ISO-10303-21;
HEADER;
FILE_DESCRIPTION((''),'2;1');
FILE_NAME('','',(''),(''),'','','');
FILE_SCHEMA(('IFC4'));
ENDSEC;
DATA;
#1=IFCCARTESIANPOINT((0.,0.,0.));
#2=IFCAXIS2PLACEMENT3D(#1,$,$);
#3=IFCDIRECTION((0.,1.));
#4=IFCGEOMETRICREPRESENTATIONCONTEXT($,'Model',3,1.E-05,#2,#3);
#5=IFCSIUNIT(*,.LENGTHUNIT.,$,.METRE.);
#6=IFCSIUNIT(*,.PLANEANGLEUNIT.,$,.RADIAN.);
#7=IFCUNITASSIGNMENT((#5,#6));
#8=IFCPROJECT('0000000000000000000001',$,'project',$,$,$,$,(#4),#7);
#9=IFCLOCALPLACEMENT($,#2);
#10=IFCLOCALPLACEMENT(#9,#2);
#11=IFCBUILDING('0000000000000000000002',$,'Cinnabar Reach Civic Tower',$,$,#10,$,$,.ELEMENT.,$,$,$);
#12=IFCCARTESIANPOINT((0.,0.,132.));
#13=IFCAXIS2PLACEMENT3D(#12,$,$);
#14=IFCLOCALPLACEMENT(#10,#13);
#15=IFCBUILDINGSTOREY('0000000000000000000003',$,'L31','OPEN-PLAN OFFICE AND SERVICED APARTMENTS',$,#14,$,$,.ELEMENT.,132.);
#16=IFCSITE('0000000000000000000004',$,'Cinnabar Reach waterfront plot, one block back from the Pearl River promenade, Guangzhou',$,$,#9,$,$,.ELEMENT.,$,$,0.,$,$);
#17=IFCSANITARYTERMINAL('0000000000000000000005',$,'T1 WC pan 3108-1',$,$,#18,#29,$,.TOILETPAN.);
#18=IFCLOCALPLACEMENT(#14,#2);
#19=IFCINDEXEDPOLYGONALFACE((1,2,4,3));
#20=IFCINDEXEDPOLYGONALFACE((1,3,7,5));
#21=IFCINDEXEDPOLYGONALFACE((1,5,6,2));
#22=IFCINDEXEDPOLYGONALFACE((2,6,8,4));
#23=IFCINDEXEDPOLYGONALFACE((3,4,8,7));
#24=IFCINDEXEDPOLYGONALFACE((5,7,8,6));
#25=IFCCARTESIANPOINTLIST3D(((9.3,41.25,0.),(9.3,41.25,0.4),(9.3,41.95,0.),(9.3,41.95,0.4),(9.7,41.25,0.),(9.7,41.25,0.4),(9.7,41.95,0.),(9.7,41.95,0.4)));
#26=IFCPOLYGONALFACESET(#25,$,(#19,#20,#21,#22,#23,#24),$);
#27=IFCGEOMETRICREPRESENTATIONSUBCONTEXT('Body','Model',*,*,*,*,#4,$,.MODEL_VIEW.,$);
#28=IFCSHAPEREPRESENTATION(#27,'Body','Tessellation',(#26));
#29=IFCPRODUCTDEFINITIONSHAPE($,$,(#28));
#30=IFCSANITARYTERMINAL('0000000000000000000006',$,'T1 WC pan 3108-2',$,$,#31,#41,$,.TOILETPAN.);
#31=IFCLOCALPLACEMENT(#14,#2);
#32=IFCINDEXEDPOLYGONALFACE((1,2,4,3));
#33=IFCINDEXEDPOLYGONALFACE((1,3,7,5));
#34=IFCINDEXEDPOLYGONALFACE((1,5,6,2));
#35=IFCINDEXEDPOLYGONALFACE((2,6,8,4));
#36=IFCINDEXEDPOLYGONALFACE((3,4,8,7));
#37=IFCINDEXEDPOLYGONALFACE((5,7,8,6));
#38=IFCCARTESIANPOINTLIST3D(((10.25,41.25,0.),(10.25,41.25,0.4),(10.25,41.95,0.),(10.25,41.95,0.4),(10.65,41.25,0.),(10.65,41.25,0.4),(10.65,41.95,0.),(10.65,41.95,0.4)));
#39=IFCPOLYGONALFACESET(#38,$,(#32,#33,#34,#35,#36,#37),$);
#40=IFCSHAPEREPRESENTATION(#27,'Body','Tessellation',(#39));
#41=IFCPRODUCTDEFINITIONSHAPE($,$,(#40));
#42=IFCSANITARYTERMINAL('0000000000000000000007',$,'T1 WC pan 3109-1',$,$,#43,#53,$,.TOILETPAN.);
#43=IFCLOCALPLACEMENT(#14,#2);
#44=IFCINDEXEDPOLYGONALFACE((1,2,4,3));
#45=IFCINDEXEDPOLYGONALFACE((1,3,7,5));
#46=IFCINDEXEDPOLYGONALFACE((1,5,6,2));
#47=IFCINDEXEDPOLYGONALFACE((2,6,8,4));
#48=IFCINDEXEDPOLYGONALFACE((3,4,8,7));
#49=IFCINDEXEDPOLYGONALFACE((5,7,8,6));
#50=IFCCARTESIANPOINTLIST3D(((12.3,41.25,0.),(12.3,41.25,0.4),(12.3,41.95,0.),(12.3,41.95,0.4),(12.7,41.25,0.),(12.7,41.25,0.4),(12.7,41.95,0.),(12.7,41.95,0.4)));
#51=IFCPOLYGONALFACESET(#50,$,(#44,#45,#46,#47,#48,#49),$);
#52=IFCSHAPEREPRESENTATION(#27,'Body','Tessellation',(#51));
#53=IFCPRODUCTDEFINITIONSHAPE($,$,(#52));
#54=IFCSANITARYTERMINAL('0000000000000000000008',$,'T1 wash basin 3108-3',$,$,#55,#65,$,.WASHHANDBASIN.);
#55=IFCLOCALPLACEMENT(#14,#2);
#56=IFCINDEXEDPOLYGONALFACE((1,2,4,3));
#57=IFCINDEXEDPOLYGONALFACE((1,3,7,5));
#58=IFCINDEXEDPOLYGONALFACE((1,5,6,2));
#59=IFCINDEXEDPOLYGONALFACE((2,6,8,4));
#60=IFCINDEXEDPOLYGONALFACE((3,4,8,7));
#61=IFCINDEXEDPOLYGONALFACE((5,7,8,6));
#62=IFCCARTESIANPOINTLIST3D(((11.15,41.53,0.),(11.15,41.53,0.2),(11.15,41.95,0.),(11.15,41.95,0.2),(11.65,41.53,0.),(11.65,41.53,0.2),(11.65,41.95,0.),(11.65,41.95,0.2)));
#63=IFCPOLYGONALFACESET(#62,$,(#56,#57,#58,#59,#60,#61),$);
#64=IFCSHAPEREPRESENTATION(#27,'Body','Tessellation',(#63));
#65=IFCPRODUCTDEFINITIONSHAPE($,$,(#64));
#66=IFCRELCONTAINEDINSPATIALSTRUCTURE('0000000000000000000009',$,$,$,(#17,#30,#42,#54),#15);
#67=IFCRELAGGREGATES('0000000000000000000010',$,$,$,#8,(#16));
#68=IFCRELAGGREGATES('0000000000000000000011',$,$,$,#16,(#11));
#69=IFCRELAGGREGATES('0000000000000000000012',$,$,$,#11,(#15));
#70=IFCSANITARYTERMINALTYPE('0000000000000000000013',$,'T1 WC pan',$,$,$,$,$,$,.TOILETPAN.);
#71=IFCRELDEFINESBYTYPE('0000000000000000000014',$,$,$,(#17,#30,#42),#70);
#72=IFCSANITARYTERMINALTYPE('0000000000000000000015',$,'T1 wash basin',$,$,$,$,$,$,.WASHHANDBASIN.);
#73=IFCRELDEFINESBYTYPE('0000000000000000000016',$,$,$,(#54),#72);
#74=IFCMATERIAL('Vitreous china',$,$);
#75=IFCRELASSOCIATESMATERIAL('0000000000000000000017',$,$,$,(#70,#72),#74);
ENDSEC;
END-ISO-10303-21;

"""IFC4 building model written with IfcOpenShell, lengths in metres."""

from ifc_helpers import new_model, si_unit, direction, frame, origin, origin_2d, place, context, subcontext, project, spatial, rectangle, extrude, material, type_object, element, save


model = new_model("IFC4")

# Units and contexts
model_context = context("Model", 3, precision=1e-05, world=origin(), true_north=direction((0.0, 1.0)))
body_context = subcontext(model_context, "Body", "Model", "MODEL_VIEW")
ifc_project = project(units=[si_unit("LENGTHUNIT", "METRE"), si_unit("PLANEANGLEUNIT", "RADIAN")], contexts=[model_context])

# Site, building, storey
site_placement = place(None, origin())
site = spatial("IfcSite", under=ifc_project, at=site_placement, Name="Cinnabar Reach waterfront plot, one block back from the Pearl River promenade, Guangzhou", CompositionType="ELEMENT", RefElevation=0.0)
building_placement = place(site_placement, origin())
building = spatial("IfcBuilding", under=site, at=building_placement, Name="Cinnabar Reach Civic Tower", CompositionType="ELEMENT")
storey_placement = place(building_placement, frame((0.0, 0.0, 132.0)))
storey = spatial("IfcBuildingStorey", under=building, at=storey_placement, Name="L31", Description="OPEN-PLAN OFFICE AND SERVICED APARTMENTS", CompositionType="ELEMENT", Elevation=132.0)

# Sanitary terminals
ifc_material_1 = material(Name="Vitreous china")
sanitary_terminal_type_1 = type_object("IfcSanitaryTerminalType", Name="T1 WC pan", PredefinedType="TOILETPAN", material=ifc_material_1)
for number, where, z_axis, x_axis, name in (
    (1, (9.5, 41.6, 0.0), (0.0, 0.0, 1.0), (1.0, 0.0, 0.0), "T1 WC pan 3108-1"),
    (2, (10.45, 41.6, 0.0), (0.0, 0.0, 1.0), (1.0, 0.0, 0.0), "T1 WC pan 3108-2"),
    (3, (12.5, 41.6, 0.0), (0.0, 0.0, 1.0), (1.0, 0.0, 0.0), "T1 WC pan 3109-1"),
):
    element("IfcSanitaryTerminal", number, at=place(storey_placement, frame(where, z_axis=z_axis, x_axis=x_axis)), inside=storey, type_object=sanitary_terminal_type_1, Name=name, PredefinedType="TOILETPAN", context=body_context, shape_type="SweptSolid", body=[
        extrude(rectangle(XDim=0.4, YDim=0.7, at=origin_2d()), origin(), (0.0, 0.0, 1.0), 0.4),
    ])
sanitary_terminal_type_2 = type_object("IfcSanitaryTerminalType", Name="T1 wash basin", PredefinedType="WASHHANDBASIN", material=ifc_material_1)
sanitary_terminal_placement = place(storey_placement, frame((11.4, 41.74, 0.0), z_axis=(0.0, 0.0, 1.0), x_axis=(1.0, 0.0, 0.0)))
element("IfcSanitaryTerminal", 4, at=sanitary_terminal_placement, inside=storey, type_object=sanitary_terminal_type_2, Name="T1 wash basin 3108-3", PredefinedType="WASHHANDBASIN", context=body_context, shape_type="SweptSolid", body=[
    extrude(rectangle(XDim=0.5, YDim=0.42, at=origin_2d()), origin(), (0.0, 0.0, 1.0), 0.2),
])

save(model, "model.ifc")
